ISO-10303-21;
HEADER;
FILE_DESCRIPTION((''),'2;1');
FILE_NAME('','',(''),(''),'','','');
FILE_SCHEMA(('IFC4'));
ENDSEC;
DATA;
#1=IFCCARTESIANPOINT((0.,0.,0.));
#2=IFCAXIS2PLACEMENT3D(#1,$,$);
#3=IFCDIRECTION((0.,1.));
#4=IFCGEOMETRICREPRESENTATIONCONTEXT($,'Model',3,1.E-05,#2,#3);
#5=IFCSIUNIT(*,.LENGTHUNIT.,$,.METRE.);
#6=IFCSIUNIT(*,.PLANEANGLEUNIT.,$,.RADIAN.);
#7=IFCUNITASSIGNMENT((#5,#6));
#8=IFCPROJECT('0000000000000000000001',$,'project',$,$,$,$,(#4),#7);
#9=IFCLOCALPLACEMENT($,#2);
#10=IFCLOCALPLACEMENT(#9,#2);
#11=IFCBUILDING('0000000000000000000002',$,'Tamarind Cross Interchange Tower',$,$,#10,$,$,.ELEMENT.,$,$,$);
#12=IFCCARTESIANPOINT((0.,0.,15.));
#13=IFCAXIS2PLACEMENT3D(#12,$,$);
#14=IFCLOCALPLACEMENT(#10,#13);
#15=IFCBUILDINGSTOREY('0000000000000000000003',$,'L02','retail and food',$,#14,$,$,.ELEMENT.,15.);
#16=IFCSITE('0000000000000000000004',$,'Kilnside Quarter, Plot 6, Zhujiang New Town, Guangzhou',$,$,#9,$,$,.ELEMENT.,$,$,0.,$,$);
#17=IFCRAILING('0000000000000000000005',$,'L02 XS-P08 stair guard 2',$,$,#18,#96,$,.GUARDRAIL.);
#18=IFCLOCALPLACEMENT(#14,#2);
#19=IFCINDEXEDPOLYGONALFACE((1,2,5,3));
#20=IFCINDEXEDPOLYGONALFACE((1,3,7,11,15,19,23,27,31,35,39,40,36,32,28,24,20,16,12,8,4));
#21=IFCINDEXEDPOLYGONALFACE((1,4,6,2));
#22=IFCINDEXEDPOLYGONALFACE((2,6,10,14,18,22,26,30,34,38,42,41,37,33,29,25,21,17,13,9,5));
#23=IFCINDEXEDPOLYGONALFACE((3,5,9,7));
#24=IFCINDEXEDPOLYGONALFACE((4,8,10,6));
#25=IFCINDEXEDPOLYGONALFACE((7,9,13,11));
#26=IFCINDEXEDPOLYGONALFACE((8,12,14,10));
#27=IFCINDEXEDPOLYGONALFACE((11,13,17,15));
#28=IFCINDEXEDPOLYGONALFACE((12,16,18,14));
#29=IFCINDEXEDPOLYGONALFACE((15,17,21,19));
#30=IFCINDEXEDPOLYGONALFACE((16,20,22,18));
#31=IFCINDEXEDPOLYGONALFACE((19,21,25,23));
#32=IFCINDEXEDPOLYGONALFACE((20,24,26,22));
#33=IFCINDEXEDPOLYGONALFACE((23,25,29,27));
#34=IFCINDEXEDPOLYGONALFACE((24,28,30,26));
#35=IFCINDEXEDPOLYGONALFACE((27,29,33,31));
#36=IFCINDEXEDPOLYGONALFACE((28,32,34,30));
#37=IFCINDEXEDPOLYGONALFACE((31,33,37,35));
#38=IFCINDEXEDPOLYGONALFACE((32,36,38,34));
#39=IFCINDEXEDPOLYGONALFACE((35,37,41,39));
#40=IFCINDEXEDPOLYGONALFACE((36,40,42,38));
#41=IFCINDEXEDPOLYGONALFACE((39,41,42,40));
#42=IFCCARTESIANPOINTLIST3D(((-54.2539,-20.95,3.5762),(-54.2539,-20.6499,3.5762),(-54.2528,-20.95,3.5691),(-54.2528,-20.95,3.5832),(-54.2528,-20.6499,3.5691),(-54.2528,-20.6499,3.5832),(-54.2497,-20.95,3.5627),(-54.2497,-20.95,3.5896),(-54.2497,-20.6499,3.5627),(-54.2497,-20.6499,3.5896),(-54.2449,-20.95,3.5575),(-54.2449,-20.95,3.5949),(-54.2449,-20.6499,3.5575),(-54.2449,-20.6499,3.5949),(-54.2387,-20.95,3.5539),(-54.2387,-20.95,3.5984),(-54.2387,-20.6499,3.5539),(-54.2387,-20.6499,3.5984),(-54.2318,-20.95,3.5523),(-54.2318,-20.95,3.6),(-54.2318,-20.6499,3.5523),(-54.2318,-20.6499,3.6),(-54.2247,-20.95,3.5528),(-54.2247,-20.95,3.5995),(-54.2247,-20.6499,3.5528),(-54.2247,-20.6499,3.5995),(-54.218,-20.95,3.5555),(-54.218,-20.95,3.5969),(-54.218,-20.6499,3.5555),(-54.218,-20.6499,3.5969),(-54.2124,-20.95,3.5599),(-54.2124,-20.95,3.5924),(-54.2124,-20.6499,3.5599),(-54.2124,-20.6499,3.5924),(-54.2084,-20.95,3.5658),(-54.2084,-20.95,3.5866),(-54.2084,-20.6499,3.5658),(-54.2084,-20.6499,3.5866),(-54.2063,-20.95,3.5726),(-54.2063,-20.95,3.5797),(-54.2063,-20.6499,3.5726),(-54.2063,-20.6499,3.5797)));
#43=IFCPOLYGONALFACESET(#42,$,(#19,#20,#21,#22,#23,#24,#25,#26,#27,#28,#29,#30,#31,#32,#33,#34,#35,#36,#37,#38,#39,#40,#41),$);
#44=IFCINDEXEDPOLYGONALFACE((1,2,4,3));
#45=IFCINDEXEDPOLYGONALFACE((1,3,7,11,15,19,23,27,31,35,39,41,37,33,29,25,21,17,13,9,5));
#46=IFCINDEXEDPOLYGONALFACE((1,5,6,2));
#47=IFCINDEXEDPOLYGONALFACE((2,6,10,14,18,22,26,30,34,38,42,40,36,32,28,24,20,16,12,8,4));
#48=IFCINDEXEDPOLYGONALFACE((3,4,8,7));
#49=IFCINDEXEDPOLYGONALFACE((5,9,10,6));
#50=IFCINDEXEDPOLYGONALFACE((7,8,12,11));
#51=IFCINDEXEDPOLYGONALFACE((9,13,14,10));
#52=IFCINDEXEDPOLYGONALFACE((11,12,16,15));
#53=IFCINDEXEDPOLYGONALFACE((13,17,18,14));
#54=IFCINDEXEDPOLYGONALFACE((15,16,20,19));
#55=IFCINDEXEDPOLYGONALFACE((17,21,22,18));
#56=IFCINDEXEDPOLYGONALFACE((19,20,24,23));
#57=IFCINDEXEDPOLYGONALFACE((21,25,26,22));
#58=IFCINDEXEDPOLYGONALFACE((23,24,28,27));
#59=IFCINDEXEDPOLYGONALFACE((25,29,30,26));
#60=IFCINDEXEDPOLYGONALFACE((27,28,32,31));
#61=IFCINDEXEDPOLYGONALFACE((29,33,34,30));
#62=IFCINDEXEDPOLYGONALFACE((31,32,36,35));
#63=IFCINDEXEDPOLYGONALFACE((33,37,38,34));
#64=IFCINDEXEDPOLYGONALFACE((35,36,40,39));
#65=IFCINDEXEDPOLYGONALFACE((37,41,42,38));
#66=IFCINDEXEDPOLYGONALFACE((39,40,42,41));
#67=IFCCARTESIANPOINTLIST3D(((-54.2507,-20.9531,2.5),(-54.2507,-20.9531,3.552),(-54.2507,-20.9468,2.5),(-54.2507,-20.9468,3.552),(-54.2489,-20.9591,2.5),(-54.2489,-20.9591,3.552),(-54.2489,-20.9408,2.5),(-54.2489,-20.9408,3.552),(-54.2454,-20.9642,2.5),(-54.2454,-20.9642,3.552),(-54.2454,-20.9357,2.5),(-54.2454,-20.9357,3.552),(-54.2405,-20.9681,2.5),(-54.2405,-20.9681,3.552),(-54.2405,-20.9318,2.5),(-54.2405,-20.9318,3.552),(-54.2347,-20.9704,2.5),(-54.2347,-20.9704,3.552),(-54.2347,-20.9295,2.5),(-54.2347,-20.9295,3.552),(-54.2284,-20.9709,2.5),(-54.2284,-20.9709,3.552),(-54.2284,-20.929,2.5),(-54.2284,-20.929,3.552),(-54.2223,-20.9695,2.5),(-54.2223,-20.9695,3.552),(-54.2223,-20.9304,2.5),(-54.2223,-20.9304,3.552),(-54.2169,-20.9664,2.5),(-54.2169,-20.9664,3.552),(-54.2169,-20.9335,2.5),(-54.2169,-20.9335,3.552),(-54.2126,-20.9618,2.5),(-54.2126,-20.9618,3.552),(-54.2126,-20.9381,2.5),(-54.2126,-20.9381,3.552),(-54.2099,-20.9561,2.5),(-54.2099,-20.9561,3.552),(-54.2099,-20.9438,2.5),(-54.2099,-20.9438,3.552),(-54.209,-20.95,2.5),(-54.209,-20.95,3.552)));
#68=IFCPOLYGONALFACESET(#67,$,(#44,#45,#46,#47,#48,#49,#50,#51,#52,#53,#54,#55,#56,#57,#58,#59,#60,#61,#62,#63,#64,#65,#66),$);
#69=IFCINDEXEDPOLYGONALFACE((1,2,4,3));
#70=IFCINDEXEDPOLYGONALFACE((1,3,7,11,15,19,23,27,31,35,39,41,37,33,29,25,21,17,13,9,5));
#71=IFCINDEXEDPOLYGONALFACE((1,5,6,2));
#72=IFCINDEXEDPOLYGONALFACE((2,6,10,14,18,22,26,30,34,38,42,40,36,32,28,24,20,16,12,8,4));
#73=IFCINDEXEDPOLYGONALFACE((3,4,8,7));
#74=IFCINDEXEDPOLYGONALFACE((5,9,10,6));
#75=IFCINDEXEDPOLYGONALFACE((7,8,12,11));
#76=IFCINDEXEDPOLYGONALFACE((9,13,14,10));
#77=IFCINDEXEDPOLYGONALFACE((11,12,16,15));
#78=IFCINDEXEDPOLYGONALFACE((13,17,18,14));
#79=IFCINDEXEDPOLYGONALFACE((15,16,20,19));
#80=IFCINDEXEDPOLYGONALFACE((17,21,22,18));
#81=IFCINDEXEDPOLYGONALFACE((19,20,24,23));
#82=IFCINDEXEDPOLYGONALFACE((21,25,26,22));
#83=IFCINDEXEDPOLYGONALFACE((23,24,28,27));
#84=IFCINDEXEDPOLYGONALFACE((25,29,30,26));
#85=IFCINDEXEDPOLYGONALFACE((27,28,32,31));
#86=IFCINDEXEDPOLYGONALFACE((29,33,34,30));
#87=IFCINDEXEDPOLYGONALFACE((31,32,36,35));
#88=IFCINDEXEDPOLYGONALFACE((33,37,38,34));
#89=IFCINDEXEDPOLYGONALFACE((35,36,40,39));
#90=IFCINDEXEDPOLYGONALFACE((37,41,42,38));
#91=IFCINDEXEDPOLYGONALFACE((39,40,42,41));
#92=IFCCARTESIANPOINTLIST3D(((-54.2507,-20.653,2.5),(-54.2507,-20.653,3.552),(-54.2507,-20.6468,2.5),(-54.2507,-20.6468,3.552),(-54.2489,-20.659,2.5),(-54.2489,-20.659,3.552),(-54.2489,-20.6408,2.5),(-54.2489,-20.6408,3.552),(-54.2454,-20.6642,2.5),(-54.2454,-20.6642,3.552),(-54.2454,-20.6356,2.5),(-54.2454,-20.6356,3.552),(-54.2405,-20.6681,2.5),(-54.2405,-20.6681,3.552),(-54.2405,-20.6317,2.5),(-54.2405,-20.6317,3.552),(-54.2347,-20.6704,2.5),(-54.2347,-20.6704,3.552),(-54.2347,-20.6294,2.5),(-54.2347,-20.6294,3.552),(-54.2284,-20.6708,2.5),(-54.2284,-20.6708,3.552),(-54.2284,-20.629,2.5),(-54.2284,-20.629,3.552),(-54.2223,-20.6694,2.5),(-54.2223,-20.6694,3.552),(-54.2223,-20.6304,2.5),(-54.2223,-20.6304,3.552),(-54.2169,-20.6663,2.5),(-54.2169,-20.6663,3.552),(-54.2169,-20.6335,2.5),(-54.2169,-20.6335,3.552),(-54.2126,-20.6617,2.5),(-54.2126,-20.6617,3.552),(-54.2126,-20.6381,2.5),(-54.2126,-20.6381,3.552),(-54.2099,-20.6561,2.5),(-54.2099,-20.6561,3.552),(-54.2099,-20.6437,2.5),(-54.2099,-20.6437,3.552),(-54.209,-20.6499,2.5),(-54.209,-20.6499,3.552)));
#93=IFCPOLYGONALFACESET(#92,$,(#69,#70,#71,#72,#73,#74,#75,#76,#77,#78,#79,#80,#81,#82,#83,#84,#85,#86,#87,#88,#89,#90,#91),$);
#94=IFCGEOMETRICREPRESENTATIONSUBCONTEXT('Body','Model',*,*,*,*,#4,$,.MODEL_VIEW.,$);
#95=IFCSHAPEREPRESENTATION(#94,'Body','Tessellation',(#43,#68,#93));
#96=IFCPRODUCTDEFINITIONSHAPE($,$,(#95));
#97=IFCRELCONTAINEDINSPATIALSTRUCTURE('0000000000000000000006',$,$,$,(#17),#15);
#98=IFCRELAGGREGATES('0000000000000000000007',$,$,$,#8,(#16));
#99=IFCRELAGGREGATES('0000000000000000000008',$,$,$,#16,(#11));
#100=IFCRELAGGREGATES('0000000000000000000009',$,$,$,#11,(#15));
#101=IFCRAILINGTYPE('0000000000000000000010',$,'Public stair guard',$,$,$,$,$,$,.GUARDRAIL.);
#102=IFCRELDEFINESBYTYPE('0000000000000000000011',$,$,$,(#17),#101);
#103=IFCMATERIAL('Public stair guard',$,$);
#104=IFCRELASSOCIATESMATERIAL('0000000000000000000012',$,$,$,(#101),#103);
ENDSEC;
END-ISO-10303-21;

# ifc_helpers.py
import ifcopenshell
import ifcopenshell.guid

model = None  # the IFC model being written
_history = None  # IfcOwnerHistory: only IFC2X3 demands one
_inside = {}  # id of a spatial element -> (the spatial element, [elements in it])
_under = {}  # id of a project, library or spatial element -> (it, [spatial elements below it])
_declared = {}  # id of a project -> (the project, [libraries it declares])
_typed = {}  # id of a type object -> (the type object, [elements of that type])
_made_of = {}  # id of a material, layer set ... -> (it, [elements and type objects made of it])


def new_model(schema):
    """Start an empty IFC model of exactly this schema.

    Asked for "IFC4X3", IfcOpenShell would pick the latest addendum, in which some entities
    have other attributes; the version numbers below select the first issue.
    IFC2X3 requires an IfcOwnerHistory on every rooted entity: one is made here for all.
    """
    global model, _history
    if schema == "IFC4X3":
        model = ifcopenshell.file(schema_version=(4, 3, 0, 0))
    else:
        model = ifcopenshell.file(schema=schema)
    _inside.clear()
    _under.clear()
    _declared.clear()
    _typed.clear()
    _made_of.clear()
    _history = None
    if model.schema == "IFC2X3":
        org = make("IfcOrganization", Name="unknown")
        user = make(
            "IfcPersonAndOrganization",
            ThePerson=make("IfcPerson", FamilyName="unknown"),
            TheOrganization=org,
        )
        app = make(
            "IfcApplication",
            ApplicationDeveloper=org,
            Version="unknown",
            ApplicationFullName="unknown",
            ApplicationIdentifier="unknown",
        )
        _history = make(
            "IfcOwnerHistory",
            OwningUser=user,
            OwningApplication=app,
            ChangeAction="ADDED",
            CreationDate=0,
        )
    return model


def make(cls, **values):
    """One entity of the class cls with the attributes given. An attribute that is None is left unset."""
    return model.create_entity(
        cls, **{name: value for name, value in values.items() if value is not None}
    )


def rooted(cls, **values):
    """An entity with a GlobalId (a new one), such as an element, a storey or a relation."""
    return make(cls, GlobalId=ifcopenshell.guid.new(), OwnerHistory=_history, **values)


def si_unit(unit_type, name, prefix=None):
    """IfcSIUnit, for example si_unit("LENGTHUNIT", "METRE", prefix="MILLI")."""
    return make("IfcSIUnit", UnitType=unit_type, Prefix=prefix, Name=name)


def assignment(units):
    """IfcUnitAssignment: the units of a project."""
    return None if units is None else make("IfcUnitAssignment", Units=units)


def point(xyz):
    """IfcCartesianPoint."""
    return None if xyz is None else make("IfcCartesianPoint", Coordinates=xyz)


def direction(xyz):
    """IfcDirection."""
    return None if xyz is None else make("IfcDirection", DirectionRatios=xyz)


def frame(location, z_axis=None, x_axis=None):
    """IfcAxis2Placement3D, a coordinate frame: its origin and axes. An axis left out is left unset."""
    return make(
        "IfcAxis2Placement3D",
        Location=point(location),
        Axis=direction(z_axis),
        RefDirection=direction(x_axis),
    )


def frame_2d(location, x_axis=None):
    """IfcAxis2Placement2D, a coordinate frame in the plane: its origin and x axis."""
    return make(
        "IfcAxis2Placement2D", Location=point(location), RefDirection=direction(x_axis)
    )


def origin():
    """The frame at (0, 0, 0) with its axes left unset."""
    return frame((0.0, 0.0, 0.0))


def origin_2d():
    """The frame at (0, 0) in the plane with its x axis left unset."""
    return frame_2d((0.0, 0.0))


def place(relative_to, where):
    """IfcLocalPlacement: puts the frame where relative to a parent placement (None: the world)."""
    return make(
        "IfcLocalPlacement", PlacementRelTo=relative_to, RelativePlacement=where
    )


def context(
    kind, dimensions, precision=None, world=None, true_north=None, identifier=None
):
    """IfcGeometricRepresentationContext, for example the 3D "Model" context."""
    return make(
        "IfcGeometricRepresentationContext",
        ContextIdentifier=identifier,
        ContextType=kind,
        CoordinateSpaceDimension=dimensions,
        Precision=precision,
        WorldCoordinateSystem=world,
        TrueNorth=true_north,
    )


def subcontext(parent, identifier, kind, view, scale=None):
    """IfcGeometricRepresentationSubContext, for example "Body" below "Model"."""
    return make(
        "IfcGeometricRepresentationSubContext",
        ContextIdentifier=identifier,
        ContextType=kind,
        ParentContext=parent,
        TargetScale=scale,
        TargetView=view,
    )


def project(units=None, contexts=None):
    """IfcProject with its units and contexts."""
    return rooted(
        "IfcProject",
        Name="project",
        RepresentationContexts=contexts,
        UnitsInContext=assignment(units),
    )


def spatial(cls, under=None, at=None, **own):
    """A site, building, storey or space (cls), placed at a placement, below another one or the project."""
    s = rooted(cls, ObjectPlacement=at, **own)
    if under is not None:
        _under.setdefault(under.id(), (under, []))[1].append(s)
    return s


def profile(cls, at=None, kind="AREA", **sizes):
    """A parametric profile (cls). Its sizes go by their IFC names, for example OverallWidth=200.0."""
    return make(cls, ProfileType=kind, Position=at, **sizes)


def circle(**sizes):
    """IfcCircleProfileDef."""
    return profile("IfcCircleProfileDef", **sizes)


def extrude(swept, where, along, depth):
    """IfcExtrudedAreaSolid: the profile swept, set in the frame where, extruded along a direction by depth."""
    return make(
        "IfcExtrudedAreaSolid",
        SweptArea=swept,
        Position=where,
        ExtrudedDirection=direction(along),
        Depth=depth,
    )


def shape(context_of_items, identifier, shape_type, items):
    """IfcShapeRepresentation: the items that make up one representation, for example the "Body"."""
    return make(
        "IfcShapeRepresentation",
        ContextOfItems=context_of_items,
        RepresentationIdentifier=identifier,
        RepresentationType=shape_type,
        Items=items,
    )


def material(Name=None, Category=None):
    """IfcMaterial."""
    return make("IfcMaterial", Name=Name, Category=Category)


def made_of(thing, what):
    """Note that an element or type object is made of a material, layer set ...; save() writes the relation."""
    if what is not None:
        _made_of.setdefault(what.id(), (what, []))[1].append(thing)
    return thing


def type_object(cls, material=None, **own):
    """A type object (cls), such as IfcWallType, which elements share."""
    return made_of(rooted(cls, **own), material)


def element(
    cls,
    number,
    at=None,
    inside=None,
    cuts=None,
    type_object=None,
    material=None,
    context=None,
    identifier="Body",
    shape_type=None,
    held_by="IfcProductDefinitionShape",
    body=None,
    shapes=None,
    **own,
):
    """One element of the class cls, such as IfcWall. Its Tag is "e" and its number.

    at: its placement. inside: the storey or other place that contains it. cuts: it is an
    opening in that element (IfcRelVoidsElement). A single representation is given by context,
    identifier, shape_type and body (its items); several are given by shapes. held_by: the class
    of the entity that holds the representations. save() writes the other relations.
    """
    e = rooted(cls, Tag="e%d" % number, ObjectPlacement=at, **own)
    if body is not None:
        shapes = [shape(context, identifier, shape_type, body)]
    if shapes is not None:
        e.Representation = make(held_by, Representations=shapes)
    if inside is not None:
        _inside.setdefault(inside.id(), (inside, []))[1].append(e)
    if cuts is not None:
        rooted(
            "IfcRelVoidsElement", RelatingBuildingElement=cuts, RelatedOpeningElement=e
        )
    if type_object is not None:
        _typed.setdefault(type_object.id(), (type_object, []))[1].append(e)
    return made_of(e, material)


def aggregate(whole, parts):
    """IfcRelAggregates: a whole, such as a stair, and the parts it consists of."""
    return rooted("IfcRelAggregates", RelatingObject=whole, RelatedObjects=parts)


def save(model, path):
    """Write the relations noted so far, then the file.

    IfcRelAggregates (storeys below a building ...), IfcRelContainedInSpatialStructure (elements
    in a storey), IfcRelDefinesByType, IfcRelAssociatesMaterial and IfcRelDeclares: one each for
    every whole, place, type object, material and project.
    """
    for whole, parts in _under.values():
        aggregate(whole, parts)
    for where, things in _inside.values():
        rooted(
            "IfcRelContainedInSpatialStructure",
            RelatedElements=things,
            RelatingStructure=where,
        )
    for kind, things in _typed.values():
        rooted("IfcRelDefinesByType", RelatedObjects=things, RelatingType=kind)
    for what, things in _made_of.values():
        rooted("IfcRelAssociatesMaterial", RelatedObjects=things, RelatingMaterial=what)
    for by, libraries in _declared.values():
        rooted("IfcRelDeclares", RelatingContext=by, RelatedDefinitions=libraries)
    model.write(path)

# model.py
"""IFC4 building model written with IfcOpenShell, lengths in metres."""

from ifc_helpers import new_model, si_unit, direction, frame, origin, origin_2d, place, context, subcontext, project, spatial, circle, extrude, material, type_object, element, save


model = new_model("IFC4")

# Units and contexts
model_context = context("Model", 3, precision=1e-05, world=origin(), true_north=direction((0.0, 1.0)))
body_context = subcontext(model_context, "Body", "Model", "MODEL_VIEW")
ifc_project = project(units=[si_unit("LENGTHUNIT", "METRE"), si_unit("PLANEANGLEUNIT", "RADIAN")], contexts=[model_context])

# Site, building, storey
site_placement = place(None, origin())
site = spatial("IfcSite", under=ifc_project, at=site_placement, Name="Kilnside Quarter, Plot 6, Zhujiang New Town, Guangzhou", CompositionType="ELEMENT", RefElevation=0.0)
building_placement = place(site_placement, origin())
building = spatial("IfcBuilding", under=site, at=building_placement, Name="Tamarind Cross Interchange Tower", CompositionType="ELEMENT")
storey_placement = place(building_placement, frame((0.0, 0.0, 15.0)))
storey = spatial("IfcBuildingStorey", under=building, at=storey_placement, Name="L02", Description="retail and food", CompositionType="ELEMENT", Elevation=15.0)

# Railing
ifc_material_1 = material(Name="Public stair guard")
railing_type_1 = type_object("IfcRailingType", Name="Public stair guard", PredefinedType="GUARDRAIL", material=ifc_material_1)
railing_1_placement = place(storey_placement, frame((-54.23, -20.95, 2.5)))
element("IfcRailing", 1, at=railing_1_placement, inside=storey, type_object=railing_type_1, Name="L02 XS-P08 stair guard 2", PredefinedType="GUARDRAIL", context=body_context, shape_type="SweptSolid", body=[
    extrude(circle(Radius=0.0239, at=origin_2d()), frame((0.0, 0.0, 1.0762), z_axis=(0.0, 1.0, 0.0), x_axis=(-1.0, 0.0, 0.0)), (0.0, 0.0, 1.0), 0.3),
    extrude(circle(Radius=0.021, at=origin_2d()), origin(), (0.0, 0.0, 1.0), 1.052),
    extrude(circle(Radius=0.021, at=origin_2d()), frame((0.0, 0.3, 0.0)), (0.0, 0.0, 1.0), 1.052),
])

save(model, "model.ifc")
